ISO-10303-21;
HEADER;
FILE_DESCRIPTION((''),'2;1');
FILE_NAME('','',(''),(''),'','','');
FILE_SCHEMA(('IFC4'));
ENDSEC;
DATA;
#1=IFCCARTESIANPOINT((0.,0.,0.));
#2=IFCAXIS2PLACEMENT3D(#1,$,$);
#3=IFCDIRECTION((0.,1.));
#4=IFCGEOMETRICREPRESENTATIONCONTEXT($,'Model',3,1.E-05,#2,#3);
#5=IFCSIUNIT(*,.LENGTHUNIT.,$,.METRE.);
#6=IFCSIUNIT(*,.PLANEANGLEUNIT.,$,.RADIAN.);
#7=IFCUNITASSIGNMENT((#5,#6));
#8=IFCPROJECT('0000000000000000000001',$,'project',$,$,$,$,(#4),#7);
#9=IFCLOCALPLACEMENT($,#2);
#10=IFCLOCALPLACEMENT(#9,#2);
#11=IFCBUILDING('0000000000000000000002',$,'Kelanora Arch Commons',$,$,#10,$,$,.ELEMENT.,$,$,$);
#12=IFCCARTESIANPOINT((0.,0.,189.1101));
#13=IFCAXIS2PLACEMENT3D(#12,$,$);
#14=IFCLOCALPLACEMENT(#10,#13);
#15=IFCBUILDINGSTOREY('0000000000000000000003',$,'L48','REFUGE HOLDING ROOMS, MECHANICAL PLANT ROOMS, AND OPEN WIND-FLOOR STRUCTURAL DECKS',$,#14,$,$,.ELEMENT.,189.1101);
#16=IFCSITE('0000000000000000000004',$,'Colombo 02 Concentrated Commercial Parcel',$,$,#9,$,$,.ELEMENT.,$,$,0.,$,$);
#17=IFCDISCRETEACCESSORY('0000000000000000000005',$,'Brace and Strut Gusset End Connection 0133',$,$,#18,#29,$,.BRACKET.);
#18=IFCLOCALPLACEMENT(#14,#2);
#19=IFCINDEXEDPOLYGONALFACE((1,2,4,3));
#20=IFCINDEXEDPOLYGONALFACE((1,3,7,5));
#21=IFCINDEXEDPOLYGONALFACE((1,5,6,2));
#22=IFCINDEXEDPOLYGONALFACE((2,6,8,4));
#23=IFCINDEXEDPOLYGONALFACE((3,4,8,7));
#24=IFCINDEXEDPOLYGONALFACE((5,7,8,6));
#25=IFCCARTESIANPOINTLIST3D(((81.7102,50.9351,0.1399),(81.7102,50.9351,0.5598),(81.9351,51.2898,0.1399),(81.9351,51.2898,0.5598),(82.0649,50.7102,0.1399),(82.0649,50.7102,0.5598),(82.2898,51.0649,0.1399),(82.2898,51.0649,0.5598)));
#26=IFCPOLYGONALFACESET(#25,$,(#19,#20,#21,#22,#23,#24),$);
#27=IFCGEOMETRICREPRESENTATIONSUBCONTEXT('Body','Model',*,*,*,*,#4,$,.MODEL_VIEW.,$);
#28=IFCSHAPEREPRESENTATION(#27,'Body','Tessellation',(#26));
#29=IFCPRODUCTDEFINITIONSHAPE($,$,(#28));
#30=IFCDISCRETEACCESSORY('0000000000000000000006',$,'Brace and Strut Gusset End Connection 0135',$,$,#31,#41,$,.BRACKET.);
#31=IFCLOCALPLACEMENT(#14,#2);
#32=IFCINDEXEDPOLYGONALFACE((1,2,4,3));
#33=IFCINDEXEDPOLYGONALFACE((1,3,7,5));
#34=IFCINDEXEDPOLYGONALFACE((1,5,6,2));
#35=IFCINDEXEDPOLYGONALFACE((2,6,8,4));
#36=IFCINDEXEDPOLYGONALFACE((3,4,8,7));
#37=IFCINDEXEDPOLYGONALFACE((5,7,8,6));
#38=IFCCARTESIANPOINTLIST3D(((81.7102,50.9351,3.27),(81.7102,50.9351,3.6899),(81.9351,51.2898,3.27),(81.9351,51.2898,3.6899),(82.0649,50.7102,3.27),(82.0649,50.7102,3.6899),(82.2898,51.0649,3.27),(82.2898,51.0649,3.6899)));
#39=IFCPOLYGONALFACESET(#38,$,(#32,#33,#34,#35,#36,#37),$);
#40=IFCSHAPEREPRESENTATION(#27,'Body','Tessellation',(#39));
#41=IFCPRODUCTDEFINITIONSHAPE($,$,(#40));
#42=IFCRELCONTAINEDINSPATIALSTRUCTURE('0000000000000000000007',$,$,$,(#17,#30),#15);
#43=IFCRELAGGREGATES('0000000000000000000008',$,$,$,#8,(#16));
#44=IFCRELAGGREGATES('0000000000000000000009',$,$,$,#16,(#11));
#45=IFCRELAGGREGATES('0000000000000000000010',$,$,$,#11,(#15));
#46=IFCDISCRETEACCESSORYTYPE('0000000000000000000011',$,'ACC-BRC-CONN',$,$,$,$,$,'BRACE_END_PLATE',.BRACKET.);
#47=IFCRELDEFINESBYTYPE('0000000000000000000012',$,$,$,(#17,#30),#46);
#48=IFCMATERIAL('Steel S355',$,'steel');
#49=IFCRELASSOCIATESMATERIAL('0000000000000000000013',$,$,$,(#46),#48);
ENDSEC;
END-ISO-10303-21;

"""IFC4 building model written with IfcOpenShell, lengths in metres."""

from ifc_helpers import new_model, si_unit, direction, frame, origin, origin_2d, place, context, subcontext, project, spatial, rectangle, extrude, source, transform, mapped, material, type_object, element, save


model = new_model("IFC4")

# Units and contexts
model_context = context("Model", 3, precision=1e-05, world=origin(), true_north=direction((0.0, 1.0)))
body_context = subcontext(model_context, "Body", "Model", "MODEL_VIEW")
ifc_project = project(units=[si_unit("LENGTHUNIT", "METRE"), si_unit("PLANEANGLEUNIT", "RADIAN")], contexts=[model_context])

# Site, building, storey
site_placement = place(None, origin())
site = spatial("IfcSite", under=ifc_project, at=site_placement, Name="Colombo 02 Concentrated Commercial Parcel", CompositionType="ELEMENT", RefElevation=0.0)
building_placement = place(site_placement, origin())
building = spatial("IfcBuilding", under=site, at=building_placement, Name="Kelanora Arch Commons", CompositionType="ELEMENT")
storey_placement = place(building_placement, frame((0.0, 0.0, 189.1101)))
storey = spatial("IfcBuildingStorey", under=building, at=storey_placement, Name="L48", Description="REFUGE HOLDING ROOMS, MECHANICAL PLANT ROOMS, AND OPEN WIND-FLOOR STRUCTURAL DECKS", CompositionType="ELEMENT", Elevation=189.1101)

# Shared definitions
ifc_material_1 = material(Name="Steel S355", Category="steel")

# Discrete accessories
discrete_accessory_type = type_object("IfcDiscreteAccessoryType", Name="ACC-BRC-CONN", ElementType="BRACE_END_PLATE", PredefinedType="BRACKET", material=ifc_material_1)
shared_shape_1 = source(origin(), body_context, "Body", "SweptSolid", [
    extrude(rectangle(XDim=0.4199, YDim=0.4199, at=origin_2d()), origin(), (0.0, 0.0, 1.0), 0.4199),
])
for number, where, z_axis, x_axis, name in (
    (1, (82.0, 51.0, 0.1399), (0.0, 0.0, 1.0), (0.844515, -0.535532, 0.0), "Brace and Strut Gusset End Connection 0133"),
    (2, (82.0, 51.0, 3.27), (0.0, 0.0, 1.0), (0.844515, -0.535532, 0.0), "Brace and Strut Gusset End Connection 0135"),
):
    element("IfcDiscreteAccessory", number, at=place(storey_placement, frame(where, z_axis=z_axis, x_axis=x_axis)), inside=storey, type_object=discrete_accessory_type, Name=name, PredefinedType="BRACKET", context=body_context, shape_type="MappedRepresentation", body=[
        mapped(shared_shape_1, transform((0.0, 0.0, 0.0), scale=1.0)),
    ])

save(model, "model.ifc")
